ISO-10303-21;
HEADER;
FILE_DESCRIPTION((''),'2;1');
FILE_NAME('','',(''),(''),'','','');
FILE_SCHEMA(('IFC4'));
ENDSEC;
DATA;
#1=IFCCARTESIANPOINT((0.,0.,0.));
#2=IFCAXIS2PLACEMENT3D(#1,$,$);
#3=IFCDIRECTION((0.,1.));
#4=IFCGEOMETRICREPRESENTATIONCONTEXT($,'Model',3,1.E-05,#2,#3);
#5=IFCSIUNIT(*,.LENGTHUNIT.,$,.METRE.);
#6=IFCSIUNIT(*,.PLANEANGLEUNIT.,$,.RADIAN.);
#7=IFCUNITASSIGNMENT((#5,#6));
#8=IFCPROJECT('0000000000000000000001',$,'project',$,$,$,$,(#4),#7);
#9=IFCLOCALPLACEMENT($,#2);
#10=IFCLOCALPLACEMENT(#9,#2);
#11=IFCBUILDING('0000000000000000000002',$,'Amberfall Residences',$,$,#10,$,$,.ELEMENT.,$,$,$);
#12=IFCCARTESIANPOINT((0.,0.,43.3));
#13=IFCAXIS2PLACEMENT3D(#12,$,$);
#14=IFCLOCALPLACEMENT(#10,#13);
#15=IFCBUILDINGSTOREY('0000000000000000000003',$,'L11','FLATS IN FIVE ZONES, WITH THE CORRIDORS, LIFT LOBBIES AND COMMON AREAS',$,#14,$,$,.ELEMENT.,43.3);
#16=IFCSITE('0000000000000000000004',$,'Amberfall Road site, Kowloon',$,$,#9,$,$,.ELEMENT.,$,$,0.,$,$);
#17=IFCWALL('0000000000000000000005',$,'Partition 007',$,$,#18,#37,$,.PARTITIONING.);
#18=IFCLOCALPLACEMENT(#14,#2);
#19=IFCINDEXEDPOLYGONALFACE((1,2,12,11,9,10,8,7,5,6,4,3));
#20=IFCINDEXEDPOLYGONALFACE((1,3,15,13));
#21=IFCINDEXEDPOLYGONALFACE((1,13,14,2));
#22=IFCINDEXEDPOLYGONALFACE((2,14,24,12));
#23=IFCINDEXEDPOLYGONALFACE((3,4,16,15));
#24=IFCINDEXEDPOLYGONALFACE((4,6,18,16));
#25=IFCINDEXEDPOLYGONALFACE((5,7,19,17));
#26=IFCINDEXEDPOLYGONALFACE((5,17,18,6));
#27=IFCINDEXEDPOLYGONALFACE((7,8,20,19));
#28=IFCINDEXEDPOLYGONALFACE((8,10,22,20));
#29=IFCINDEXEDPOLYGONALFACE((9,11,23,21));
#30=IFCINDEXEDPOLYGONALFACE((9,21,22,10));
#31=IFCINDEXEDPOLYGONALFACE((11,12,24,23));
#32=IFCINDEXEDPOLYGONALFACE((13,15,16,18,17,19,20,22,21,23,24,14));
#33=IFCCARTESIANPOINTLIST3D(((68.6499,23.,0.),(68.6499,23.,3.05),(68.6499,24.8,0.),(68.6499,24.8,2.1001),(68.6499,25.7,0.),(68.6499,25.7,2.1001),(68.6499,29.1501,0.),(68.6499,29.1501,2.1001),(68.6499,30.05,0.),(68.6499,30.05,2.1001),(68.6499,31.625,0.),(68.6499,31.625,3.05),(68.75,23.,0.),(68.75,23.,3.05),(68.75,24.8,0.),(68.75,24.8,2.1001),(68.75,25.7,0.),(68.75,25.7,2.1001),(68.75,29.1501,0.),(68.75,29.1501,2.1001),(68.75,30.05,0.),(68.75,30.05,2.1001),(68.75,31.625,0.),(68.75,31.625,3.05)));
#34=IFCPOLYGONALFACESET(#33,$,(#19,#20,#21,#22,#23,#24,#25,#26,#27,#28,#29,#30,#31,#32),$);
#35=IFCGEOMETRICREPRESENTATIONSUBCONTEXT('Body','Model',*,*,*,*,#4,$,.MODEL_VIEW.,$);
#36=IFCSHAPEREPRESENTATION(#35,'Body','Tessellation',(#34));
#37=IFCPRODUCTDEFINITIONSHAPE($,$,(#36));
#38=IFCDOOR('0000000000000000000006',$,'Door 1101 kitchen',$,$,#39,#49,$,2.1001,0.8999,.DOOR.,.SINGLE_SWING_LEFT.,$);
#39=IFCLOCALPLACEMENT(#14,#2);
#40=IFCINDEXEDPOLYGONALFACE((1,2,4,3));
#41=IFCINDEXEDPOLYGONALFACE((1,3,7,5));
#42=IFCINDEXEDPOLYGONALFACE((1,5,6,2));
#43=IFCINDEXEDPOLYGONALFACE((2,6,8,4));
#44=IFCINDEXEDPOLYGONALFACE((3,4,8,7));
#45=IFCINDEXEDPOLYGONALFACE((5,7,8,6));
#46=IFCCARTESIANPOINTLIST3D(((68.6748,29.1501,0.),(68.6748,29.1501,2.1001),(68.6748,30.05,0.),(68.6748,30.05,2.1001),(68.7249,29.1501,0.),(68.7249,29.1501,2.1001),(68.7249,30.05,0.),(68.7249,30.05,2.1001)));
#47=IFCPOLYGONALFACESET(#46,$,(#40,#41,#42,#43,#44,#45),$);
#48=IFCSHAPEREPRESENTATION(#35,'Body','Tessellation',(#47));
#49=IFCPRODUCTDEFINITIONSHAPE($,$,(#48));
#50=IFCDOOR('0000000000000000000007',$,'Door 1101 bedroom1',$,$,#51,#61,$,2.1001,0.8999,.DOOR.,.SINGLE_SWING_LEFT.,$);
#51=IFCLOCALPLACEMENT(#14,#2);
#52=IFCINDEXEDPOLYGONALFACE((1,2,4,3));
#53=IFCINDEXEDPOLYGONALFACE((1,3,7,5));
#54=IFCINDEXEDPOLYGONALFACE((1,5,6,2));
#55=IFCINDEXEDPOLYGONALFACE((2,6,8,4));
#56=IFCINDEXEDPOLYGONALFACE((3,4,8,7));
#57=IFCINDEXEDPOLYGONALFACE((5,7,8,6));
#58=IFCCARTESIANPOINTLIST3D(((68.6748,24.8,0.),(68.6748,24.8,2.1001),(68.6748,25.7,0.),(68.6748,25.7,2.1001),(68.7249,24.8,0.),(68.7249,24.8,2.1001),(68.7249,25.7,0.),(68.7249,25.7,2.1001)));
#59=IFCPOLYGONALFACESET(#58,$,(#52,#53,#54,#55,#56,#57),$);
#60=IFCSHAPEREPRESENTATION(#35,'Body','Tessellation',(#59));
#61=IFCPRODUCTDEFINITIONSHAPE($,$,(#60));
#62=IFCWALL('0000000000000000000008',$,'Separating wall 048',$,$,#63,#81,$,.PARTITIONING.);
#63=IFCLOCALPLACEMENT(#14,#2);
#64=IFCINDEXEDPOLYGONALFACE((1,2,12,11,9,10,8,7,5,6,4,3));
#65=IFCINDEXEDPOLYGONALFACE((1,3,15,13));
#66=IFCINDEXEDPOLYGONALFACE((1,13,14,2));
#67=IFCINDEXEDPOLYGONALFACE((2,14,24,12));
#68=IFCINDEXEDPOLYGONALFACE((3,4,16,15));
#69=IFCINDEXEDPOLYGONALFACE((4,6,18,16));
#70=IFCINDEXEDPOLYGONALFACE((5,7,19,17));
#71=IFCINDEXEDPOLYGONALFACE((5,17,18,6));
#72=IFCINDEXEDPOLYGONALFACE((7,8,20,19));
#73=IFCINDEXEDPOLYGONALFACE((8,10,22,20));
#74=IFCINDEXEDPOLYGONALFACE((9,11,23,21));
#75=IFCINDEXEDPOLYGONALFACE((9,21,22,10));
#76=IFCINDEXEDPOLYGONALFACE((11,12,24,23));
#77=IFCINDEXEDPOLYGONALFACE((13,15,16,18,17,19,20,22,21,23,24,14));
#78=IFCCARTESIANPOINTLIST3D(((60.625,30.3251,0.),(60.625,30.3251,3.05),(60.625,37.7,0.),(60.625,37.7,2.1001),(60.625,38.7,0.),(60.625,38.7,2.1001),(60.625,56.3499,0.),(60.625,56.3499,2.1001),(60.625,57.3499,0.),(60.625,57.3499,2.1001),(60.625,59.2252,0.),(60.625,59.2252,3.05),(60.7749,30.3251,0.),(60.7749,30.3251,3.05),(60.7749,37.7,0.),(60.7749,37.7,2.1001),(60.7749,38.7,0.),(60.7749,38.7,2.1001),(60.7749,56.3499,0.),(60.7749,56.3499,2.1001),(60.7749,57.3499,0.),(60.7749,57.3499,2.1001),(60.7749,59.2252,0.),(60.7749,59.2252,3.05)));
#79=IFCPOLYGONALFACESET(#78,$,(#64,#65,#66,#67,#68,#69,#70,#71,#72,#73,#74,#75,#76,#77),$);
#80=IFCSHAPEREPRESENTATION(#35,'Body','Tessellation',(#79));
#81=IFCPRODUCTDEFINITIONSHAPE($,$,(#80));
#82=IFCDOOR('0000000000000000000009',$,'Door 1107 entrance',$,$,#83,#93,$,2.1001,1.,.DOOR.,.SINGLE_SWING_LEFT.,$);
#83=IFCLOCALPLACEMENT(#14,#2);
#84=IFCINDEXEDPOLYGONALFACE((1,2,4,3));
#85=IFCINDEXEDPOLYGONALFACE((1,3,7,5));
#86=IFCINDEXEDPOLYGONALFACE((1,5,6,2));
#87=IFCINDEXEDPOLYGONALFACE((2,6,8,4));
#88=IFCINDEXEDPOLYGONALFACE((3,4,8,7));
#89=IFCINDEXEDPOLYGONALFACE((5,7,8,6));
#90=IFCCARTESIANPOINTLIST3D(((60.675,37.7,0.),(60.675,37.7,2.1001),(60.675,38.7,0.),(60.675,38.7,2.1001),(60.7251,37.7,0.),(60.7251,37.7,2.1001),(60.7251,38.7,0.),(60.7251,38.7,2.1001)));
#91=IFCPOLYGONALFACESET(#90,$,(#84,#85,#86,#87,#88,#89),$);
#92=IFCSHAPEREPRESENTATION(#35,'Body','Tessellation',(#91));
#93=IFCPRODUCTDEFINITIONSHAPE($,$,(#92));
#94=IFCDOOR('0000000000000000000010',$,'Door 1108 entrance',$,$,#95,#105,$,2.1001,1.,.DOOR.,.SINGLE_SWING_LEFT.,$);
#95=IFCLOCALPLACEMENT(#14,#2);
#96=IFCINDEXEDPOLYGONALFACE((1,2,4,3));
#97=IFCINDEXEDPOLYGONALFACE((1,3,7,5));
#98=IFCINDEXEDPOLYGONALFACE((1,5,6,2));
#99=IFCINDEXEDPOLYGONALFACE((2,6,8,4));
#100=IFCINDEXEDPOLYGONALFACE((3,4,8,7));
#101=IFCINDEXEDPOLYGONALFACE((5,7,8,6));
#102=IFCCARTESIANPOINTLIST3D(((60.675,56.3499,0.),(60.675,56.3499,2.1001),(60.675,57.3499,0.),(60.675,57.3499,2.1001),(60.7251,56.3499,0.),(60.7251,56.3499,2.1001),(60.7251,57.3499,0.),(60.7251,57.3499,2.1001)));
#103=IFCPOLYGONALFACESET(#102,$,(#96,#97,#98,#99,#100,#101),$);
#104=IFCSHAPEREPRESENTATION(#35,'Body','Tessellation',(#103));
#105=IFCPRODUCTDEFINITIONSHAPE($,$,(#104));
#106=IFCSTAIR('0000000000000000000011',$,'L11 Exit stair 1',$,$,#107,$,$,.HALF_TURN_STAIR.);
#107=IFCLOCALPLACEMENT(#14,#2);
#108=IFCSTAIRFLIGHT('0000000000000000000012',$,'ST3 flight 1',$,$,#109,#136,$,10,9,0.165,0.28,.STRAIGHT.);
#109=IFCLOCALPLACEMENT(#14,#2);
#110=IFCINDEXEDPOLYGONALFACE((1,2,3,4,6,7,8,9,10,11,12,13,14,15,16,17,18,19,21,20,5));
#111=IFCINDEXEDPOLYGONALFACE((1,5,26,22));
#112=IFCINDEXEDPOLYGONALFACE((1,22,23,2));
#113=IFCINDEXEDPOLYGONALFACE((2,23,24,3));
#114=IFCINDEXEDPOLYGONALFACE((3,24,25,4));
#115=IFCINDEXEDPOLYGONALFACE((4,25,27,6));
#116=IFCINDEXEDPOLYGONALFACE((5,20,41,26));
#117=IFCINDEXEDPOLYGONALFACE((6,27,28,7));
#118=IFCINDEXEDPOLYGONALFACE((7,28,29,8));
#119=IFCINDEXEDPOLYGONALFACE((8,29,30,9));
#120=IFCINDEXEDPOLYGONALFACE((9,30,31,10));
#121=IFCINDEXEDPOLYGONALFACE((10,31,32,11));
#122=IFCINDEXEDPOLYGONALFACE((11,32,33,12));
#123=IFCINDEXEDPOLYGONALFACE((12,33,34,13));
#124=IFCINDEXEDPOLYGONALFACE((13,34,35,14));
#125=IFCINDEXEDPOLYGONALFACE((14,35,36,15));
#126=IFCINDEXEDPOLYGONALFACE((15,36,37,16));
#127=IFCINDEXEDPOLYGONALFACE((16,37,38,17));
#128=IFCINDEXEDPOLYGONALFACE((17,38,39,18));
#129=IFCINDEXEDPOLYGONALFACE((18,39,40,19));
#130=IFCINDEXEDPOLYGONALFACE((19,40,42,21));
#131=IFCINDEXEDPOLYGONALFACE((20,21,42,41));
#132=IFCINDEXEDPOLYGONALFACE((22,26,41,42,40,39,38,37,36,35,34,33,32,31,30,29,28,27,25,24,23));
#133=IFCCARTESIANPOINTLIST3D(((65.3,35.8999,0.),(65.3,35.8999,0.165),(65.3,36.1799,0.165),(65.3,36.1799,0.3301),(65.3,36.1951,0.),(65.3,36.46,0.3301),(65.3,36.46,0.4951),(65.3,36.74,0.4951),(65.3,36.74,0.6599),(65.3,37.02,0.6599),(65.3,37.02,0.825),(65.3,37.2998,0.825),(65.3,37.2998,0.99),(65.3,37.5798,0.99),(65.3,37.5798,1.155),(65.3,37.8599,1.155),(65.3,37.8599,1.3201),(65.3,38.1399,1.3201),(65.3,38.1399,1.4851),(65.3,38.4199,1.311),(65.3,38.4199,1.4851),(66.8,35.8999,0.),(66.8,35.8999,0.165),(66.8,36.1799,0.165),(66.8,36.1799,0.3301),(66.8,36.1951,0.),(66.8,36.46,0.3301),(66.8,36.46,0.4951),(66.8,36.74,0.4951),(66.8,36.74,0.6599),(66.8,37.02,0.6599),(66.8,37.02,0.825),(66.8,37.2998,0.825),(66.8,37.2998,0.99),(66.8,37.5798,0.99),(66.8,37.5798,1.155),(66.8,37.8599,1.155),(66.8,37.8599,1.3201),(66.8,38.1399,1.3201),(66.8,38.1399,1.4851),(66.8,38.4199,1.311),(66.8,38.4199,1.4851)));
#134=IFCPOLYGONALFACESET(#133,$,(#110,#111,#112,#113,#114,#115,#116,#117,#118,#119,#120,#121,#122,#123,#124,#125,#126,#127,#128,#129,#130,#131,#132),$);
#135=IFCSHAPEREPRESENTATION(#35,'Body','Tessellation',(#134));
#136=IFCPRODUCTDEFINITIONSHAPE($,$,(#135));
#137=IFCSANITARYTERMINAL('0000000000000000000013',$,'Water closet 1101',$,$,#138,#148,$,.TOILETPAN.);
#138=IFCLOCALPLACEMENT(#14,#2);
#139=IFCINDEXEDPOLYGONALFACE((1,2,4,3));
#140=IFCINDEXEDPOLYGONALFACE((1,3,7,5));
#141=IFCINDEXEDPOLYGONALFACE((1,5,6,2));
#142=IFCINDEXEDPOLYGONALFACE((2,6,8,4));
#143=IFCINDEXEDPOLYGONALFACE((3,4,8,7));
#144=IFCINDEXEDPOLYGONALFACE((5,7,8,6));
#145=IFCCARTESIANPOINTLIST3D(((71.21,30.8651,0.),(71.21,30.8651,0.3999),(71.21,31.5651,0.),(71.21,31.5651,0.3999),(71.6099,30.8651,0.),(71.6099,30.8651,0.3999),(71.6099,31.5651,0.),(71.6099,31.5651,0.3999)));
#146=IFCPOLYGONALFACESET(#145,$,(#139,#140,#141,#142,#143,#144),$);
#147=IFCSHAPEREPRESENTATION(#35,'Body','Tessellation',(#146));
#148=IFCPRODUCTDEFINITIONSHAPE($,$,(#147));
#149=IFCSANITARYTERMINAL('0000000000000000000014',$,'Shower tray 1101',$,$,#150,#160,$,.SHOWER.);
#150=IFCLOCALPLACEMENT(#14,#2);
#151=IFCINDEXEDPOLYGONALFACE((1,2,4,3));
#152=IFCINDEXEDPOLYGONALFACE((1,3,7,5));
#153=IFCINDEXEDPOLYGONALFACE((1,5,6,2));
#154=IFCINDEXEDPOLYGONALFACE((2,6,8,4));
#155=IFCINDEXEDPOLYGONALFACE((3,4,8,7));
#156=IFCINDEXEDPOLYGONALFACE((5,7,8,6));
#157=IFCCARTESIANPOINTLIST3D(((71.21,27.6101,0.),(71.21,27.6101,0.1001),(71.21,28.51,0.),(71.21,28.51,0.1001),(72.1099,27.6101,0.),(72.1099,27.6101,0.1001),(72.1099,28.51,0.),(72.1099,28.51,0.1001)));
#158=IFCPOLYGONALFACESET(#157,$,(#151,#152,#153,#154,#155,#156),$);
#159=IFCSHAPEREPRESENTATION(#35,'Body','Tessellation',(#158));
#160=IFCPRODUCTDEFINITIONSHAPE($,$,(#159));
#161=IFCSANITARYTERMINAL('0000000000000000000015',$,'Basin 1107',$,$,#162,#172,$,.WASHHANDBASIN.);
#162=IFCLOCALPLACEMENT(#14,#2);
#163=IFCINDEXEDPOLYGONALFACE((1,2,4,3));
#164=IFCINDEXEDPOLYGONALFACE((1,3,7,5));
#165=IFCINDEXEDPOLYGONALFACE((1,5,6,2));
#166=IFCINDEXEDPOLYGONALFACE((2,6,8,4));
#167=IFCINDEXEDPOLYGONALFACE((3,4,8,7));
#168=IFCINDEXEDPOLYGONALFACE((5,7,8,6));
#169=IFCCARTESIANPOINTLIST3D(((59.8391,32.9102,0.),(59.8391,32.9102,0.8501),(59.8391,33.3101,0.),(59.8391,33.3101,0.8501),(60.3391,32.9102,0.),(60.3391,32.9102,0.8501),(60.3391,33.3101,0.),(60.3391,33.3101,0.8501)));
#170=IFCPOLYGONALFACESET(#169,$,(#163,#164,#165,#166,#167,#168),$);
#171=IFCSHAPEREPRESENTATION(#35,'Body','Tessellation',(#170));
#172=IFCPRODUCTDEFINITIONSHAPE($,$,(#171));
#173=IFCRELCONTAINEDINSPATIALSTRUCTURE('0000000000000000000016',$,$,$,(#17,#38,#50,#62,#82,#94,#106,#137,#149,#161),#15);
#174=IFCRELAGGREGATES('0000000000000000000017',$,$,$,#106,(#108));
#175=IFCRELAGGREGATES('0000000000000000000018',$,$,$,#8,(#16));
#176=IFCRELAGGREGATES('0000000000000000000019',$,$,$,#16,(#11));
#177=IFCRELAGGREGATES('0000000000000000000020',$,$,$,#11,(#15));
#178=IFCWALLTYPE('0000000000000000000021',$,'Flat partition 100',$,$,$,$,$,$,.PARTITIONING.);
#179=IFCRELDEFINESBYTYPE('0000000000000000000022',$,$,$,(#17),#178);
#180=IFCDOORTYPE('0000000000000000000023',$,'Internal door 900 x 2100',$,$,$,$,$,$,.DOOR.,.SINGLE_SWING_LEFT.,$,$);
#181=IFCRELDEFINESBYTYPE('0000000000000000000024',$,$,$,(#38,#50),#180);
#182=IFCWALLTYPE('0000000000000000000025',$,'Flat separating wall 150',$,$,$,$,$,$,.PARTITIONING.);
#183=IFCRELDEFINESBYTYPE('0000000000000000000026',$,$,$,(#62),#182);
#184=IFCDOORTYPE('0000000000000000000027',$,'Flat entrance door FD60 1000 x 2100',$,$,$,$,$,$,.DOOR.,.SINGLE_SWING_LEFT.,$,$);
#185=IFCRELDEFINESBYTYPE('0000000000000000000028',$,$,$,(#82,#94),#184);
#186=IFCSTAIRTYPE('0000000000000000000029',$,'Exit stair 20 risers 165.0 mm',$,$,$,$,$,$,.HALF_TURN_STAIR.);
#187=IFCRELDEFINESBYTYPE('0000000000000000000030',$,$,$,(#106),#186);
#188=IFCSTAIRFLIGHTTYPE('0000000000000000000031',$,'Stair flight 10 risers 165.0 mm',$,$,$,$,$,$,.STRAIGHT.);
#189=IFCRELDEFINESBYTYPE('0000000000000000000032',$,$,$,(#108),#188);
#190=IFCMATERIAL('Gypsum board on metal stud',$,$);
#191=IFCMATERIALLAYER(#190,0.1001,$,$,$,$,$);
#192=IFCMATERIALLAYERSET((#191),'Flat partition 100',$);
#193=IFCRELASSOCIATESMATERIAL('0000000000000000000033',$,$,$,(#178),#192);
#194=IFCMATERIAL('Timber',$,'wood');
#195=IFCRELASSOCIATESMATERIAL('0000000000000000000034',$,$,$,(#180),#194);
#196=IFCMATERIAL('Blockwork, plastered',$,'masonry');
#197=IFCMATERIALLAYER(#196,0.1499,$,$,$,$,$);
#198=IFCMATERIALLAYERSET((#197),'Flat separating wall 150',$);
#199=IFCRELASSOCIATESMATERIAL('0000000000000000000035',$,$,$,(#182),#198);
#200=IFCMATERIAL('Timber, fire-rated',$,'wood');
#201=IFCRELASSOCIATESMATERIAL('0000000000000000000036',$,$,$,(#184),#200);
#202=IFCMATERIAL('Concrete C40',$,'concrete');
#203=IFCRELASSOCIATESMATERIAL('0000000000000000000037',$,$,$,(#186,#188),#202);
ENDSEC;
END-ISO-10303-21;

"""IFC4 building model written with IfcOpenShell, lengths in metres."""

from ifc_helpers import new_model, si_unit, direction, frame, frame_2d, origin, origin_2d, place, context, subcontext, project, spatial, polyline, rectangle, outline, extrude, material, layer, layer_set, type_object, element, fill, aggregate, save


model = new_model("IFC4")

# Units and contexts
model_context = context("Model", 3, precision=1e-05, world=origin(), true_north=direction((0.0, 1.0)))
body_context = subcontext(model_context, "Body", "Model", "MODEL_VIEW")
ifc_project = project(units=[si_unit("LENGTHUNIT", "METRE"), si_unit("PLANEANGLEUNIT", "RADIAN")], contexts=[model_context])

# Site, building, storey
site_placement = place(None, origin())
site = spatial("IfcSite", under=ifc_project, at=site_placement, Name="Amberfall Road site, Kowloon", CompositionType="ELEMENT", RefElevation=0.0)
building_placement = place(site_placement, origin())
building = spatial("IfcBuilding", under=site, at=building_placement, Name="Amberfall Residences", CompositionType="ELEMENT")
storey_placement = place(building_placement, frame((0.0, 0.0, 43.3)))
storey = spatial("IfcBuildingStorey", under=building, at=storey_placement, Name="L11", Description="FLATS IN FIVE ZONES, WITH THE CORRIDORS, LIFT LOBBIES AND COMMON AREAS", CompositionType="ELEMENT", Elevation=43.3)

# Walls, openings, doors
ifc_material_1 = material(Name="Gypsum board on metal stud")
ifc_layer_1 = layer(ifc_material_1, 0.1001)
ifc_layer_set_1 = layer_set([ifc_layer_1], Name="Flat partition 100")
wall_type_1 = type_object("IfcWallType", Name="Flat partition 100", PredefinedType="PARTITIONING", material=ifc_layer_set_1)
wall_1_placement = place(storey_placement, frame((68.7, 31.625, 0.0), z_axis=(0.0, 0.0, 1.0), x_axis=(0.0, -1.0, 0.0)))
wall_1 = element("IfcWall", 1, at=wall_1_placement, inside=storey, type_object=wall_type_1, Name="Partition 007", PredefinedType="PARTITIONING", context=body_context, shape_type="SweptSolid", body=[
    extrude(rectangle(XDim=8.625, YDim=0.1001, at=frame_2d((4.3125, 0.0))), origin(), (0.0, 0.0, 1.0), 3.05),
])
opening_1_placement = place(wall_1_placement, frame((1.575, 0.0, 0.0)))
opening_1 = element("IfcOpeningElement", 2, at=opening_1_placement, cuts=wall_1, PredefinedType="OPENING", context=body_context, shape_type="SweptSolid", body=[
    extrude(rectangle(XDim=0.8999, YDim=2.1001, at=frame_2d((0.45, 1.05))), frame((0.0, 0.0601, 0.0), z_axis=(0.0, -1.0, 0.0), x_axis=(1.0, 0.0, 0.0)), (0.0, 0.0, 1.0), 0.1201),
])
opening_2_placement = place(wall_1_placement, frame((5.925, 0.0, 0.0)))
opening_2 = element("IfcOpeningElement", 3, at=opening_2_placement, cuts=wall_1, PredefinedType="OPENING", context=body_context, shape_type="SweptSolid", body=[
    extrude(rectangle(XDim=0.8999, YDim=2.1001, at=frame_2d((0.45, 1.05))), frame((0.0, 0.0601, 0.0), z_axis=(0.0, -1.0, 0.0), x_axis=(1.0, 0.0, 0.0)), (0.0, 0.0, 1.0), 0.1201),
])
ifc_material_2 = material(Name="Timber", Category="wood")
door_type_1 = type_object("IfcDoorType", Name="Internal door 900 x 2100", OperationType="SINGLE_SWING_LEFT", PredefinedType="DOOR", material=ifc_material_2)
door_1_placement = place(opening_1_placement, origin())
door_1 = element("IfcDoor", 4, at=door_1_placement, inside=storey, type_object=door_type_1, Name="Door 1101 kitchen", OperationType="SINGLE_SWING_LEFT", OverallHeight=2.1001, OverallWidth=0.8999, PredefinedType="DOOR", context=body_context, shape_type="SweptSolid", body=[
    extrude(rectangle(XDim=0.8999, YDim=2.1001, at=frame_2d((0.45, 1.05))), frame((0.0, 0.0249, 0.0), z_axis=(0.0, -1.0, 0.0), x_axis=(1.0, 0.0, 0.0)), (0.0, 0.0, 1.0), 0.05),
])
fill(opening_1, door_1)
door_2_placement = place(opening_2_placement, origin())
door_2 = element("IfcDoor", 5, at=door_2_placement, inside=storey, type_object=door_type_1, Name="Door 1101 bedroom1", OperationType="SINGLE_SWING_LEFT", OverallHeight=2.1001, OverallWidth=0.8999, PredefinedType="DOOR", context=body_context, shape_type="SweptSolid", body=[
    extrude(rectangle(XDim=0.8999, YDim=2.1001, at=frame_2d((0.45, 1.05))), frame((0.0, 0.0249, 0.0), z_axis=(0.0, -1.0, 0.0), x_axis=(1.0, 0.0, 0.0)), (0.0, 0.0, 1.0), 0.05),
])
fill(opening_2, door_2)
ifc_material_3 = material(Name="Blockwork, plastered", Category="masonry")
ifc_layer_2 = layer(ifc_material_3, 0.1499)
ifc_layer_set_2 = layer_set([ifc_layer_2], Name="Flat separating wall 150")
wall_type_2 = type_object("IfcWallType", Name="Flat separating wall 150", PredefinedType="PARTITIONING", material=ifc_layer_set_2)
wall_2_placement = place(storey_placement, frame((60.7, 30.325, 0.0), z_axis=(0.0, 0.0, 1.0), x_axis=(0.0, 1.0, 0.0)))
wall_2 = element("IfcWall", 6, at=wall_2_placement, inside=storey, type_object=wall_type_2, Name="Separating wall 048", PredefinedType="PARTITIONING", context=body_context, shape_type="SweptSolid", body=[
    extrude(rectangle(XDim=28.9001, YDim=0.1499, at=frame_2d((14.4502, 0.0))), origin(), (0.0, 0.0, 1.0), 3.05),
])
opening_3_placement = place(wall_2_placement, frame((7.375, 0.0, 0.0)))
opening_3 = element("IfcOpeningElement", 7, at=opening_3_placement, cuts=wall_2, PredefinedType="OPENING", context=body_context, shape_type="SweptSolid", body=[
    extrude(rectangle(XDim=1.0, YDim=2.1001, at=frame_2d((0.5, 1.05))), frame((0.0, 0.085, 0.0), z_axis=(0.0, -1.0, 0.0), x_axis=(1.0, 0.0, 0.0)), (0.0, 0.0, 1.0), 0.1699),
])
opening_4_placement = place(wall_2_placement, frame((26.0249, 0.0, 0.0)))
opening_4 = element("IfcOpeningElement", 8, at=opening_4_placement, cuts=wall_2, PredefinedType="OPENING", context=body_context, shape_type="SweptSolid", body=[
    extrude(rectangle(XDim=1.0, YDim=2.1001, at=frame_2d((0.5, 1.05))), frame((0.0, 0.085, 0.0), z_axis=(0.0, -1.0, 0.0), x_axis=(1.0, 0.0, 0.0)), (0.0, 0.0, 1.0), 0.1699),
])
ifc_material_4 = material(Name="Timber, fire-rated", Category="wood")
door_type_2 = type_object("IfcDoorType", Name="Flat entrance door FD60 1000 x 2100", OperationType="SINGLE_SWING_LEFT", PredefinedType="DOOR", material=ifc_material_4)
door_3_placement = place(opening_3_placement, origin())
door_3 = element("IfcDoor", 9, at=door_3_placement, inside=storey, type_object=door_type_2, Name="Door 1107 entrance", OperationType="SINGLE_SWING_LEFT", OverallHeight=2.1001, OverallWidth=1.0, PredefinedType="DOOR", context=body_context, shape_type="SweptSolid", body=[
    extrude(rectangle(XDim=1.0, YDim=2.1001, at=frame_2d((0.5, 1.05))), frame((0.0, 0.0249, 0.0), z_axis=(0.0, -1.0, 0.0), x_axis=(1.0, 0.0, 0.0)), (0.0, 0.0, 1.0), 0.05),
])
fill(opening_3, door_3)
door_4_placement = place(opening_4_placement, origin())
door_4 = element("IfcDoor", 10, at=door_4_placement, inside=storey, type_object=door_type_2, Name="Door 1108 entrance", OperationType="SINGLE_SWING_LEFT", OverallHeight=2.1001, OverallWidth=1.0, PredefinedType="DOOR", context=body_context, shape_type="SweptSolid", body=[
    extrude(rectangle(XDim=1.0, YDim=2.1001, at=frame_2d((0.5, 1.05))), frame((0.0, 0.0249, 0.0), z_axis=(0.0, -1.0, 0.0), x_axis=(1.0, 0.0, 0.0)), (0.0, 0.0, 1.0), 0.05),
])
fill(opening_4, door_4)

# Stair, stair flight
ifc_material_5 = material(Name="Concrete C40", Category="concrete")
stair_type = type_object("IfcStairType", Name="Exit stair 20 risers 165.0 mm", PredefinedType="HALF_TURN_STAIR", material=ifc_material_5)
stair_placement = place(storey_placement, origin())
stair = element("IfcStair", 11, at=stair_placement, inside=storey, type_object=stair_type, Name="L11 Exit stair 1", PredefinedType="HALF_TURN_STAIR")
stair_flight_type = type_object("IfcStairFlightType", Name="Stair flight 10 risers 165.0 mm", PredefinedType="STRAIGHT", material=ifc_material_5)
stair_flight_placement = place(storey_placement, frame((66.05, 35.8999, 0.0), z_axis=(0.0, 0.0, 1.0), x_axis=(0.0, 1.0, 0.0)))
stair_flight = element("IfcStairFlight", 12, at=stair_flight_placement, type_object=stair_flight_type, Name="ST3 flight 1", NumberOfRisers=10, NumberOfTreads=9, PredefinedType="STRAIGHT", RiserHeight=0.165, TreadLength=0.28, context=body_context, shape_type="SweptSolid", body=[
    extrude(outline(polyline([(0.0, 0.0), (0.0, 0.165), (0.28, 0.165), (0.28, 0.3301), (0.5601, 0.3301), (0.5601, 0.4951), (0.8401, 0.4951), (0.8401, 0.6599), (1.1201, 0.6599), (1.1201, 0.825), (1.3999, 0.825), (1.3999, 0.99), (1.6799, 0.99), (1.6799, 1.155), (1.96, 1.155), (1.96, 1.3201), (2.24, 1.3201), (2.24, 1.4851), (2.52, 1.4851), (2.52, 1.6499), (2.52, 1.311), (0.2952, 0.0), (0.0, 0.0)])), frame((0.0, 0.75, 0.0), z_axis=(0.0, -1.0, 0.0), x_axis=(1.0, 0.0, 0.0)), (0.0, 0.0, 1.0), 1.5),
])
aggregate(stair, [stair_flight])

# Sanitary terminals
sanitary_terminal_1_placement = place(storey_placement, frame((71.4099, 31.2151, 0.0), z_axis=(0.0, 0.0, 1.0), x_axis=(1.0, 0.0, 0.0)))
element("IfcSanitaryTerminal", 13, at=sanitary_terminal_1_placement, inside=storey, Name="Water closet 1101", PredefinedType="TOILETPAN", context=body_context, shape_type="SweptSolid", body=[
    extrude(rectangle(XDim=0.3999, YDim=0.7, at=origin_2d()), origin(), (0.0, 0.0, 1.0), 0.3999),
])
sanitary_terminal_2_placement = place(storey_placement, frame((71.6599, 28.0601, 0.0), z_axis=(0.0, 0.0, 1.0), x_axis=(1.0, 0.0, 0.0)))
element("IfcSanitaryTerminal", 14, at=sanitary_terminal_2_placement, inside=storey, Name="Shower tray 1101", PredefinedType="SHOWER", context=body_context, shape_type="SweptSolid", body=[
    extrude(rectangle(XDim=0.8999, YDim=0.8999, at=origin_2d()), origin(), (0.0, 0.0, 1.0), 0.1001),
])
sanitary_terminal_3_placement = place(storey_placement, frame((60.0891, 33.1101, 0.0), z_axis=(0.0, 0.0, 1.0), x_axis=(1.0, 0.0, 0.0)))
element("IfcSanitaryTerminal", 15, at=sanitary_terminal_3_placement, inside=storey, Name="Basin 1107", PredefinedType="WASHHANDBASIN", context=body_context, shape_type="SweptSolid", body=[
    extrude(rectangle(XDim=0.5, YDim=0.3999, at=origin_2d()), origin(), (0.0, 0.0, 1.0), 0.8501),
])

save(model, "model.ifc")
